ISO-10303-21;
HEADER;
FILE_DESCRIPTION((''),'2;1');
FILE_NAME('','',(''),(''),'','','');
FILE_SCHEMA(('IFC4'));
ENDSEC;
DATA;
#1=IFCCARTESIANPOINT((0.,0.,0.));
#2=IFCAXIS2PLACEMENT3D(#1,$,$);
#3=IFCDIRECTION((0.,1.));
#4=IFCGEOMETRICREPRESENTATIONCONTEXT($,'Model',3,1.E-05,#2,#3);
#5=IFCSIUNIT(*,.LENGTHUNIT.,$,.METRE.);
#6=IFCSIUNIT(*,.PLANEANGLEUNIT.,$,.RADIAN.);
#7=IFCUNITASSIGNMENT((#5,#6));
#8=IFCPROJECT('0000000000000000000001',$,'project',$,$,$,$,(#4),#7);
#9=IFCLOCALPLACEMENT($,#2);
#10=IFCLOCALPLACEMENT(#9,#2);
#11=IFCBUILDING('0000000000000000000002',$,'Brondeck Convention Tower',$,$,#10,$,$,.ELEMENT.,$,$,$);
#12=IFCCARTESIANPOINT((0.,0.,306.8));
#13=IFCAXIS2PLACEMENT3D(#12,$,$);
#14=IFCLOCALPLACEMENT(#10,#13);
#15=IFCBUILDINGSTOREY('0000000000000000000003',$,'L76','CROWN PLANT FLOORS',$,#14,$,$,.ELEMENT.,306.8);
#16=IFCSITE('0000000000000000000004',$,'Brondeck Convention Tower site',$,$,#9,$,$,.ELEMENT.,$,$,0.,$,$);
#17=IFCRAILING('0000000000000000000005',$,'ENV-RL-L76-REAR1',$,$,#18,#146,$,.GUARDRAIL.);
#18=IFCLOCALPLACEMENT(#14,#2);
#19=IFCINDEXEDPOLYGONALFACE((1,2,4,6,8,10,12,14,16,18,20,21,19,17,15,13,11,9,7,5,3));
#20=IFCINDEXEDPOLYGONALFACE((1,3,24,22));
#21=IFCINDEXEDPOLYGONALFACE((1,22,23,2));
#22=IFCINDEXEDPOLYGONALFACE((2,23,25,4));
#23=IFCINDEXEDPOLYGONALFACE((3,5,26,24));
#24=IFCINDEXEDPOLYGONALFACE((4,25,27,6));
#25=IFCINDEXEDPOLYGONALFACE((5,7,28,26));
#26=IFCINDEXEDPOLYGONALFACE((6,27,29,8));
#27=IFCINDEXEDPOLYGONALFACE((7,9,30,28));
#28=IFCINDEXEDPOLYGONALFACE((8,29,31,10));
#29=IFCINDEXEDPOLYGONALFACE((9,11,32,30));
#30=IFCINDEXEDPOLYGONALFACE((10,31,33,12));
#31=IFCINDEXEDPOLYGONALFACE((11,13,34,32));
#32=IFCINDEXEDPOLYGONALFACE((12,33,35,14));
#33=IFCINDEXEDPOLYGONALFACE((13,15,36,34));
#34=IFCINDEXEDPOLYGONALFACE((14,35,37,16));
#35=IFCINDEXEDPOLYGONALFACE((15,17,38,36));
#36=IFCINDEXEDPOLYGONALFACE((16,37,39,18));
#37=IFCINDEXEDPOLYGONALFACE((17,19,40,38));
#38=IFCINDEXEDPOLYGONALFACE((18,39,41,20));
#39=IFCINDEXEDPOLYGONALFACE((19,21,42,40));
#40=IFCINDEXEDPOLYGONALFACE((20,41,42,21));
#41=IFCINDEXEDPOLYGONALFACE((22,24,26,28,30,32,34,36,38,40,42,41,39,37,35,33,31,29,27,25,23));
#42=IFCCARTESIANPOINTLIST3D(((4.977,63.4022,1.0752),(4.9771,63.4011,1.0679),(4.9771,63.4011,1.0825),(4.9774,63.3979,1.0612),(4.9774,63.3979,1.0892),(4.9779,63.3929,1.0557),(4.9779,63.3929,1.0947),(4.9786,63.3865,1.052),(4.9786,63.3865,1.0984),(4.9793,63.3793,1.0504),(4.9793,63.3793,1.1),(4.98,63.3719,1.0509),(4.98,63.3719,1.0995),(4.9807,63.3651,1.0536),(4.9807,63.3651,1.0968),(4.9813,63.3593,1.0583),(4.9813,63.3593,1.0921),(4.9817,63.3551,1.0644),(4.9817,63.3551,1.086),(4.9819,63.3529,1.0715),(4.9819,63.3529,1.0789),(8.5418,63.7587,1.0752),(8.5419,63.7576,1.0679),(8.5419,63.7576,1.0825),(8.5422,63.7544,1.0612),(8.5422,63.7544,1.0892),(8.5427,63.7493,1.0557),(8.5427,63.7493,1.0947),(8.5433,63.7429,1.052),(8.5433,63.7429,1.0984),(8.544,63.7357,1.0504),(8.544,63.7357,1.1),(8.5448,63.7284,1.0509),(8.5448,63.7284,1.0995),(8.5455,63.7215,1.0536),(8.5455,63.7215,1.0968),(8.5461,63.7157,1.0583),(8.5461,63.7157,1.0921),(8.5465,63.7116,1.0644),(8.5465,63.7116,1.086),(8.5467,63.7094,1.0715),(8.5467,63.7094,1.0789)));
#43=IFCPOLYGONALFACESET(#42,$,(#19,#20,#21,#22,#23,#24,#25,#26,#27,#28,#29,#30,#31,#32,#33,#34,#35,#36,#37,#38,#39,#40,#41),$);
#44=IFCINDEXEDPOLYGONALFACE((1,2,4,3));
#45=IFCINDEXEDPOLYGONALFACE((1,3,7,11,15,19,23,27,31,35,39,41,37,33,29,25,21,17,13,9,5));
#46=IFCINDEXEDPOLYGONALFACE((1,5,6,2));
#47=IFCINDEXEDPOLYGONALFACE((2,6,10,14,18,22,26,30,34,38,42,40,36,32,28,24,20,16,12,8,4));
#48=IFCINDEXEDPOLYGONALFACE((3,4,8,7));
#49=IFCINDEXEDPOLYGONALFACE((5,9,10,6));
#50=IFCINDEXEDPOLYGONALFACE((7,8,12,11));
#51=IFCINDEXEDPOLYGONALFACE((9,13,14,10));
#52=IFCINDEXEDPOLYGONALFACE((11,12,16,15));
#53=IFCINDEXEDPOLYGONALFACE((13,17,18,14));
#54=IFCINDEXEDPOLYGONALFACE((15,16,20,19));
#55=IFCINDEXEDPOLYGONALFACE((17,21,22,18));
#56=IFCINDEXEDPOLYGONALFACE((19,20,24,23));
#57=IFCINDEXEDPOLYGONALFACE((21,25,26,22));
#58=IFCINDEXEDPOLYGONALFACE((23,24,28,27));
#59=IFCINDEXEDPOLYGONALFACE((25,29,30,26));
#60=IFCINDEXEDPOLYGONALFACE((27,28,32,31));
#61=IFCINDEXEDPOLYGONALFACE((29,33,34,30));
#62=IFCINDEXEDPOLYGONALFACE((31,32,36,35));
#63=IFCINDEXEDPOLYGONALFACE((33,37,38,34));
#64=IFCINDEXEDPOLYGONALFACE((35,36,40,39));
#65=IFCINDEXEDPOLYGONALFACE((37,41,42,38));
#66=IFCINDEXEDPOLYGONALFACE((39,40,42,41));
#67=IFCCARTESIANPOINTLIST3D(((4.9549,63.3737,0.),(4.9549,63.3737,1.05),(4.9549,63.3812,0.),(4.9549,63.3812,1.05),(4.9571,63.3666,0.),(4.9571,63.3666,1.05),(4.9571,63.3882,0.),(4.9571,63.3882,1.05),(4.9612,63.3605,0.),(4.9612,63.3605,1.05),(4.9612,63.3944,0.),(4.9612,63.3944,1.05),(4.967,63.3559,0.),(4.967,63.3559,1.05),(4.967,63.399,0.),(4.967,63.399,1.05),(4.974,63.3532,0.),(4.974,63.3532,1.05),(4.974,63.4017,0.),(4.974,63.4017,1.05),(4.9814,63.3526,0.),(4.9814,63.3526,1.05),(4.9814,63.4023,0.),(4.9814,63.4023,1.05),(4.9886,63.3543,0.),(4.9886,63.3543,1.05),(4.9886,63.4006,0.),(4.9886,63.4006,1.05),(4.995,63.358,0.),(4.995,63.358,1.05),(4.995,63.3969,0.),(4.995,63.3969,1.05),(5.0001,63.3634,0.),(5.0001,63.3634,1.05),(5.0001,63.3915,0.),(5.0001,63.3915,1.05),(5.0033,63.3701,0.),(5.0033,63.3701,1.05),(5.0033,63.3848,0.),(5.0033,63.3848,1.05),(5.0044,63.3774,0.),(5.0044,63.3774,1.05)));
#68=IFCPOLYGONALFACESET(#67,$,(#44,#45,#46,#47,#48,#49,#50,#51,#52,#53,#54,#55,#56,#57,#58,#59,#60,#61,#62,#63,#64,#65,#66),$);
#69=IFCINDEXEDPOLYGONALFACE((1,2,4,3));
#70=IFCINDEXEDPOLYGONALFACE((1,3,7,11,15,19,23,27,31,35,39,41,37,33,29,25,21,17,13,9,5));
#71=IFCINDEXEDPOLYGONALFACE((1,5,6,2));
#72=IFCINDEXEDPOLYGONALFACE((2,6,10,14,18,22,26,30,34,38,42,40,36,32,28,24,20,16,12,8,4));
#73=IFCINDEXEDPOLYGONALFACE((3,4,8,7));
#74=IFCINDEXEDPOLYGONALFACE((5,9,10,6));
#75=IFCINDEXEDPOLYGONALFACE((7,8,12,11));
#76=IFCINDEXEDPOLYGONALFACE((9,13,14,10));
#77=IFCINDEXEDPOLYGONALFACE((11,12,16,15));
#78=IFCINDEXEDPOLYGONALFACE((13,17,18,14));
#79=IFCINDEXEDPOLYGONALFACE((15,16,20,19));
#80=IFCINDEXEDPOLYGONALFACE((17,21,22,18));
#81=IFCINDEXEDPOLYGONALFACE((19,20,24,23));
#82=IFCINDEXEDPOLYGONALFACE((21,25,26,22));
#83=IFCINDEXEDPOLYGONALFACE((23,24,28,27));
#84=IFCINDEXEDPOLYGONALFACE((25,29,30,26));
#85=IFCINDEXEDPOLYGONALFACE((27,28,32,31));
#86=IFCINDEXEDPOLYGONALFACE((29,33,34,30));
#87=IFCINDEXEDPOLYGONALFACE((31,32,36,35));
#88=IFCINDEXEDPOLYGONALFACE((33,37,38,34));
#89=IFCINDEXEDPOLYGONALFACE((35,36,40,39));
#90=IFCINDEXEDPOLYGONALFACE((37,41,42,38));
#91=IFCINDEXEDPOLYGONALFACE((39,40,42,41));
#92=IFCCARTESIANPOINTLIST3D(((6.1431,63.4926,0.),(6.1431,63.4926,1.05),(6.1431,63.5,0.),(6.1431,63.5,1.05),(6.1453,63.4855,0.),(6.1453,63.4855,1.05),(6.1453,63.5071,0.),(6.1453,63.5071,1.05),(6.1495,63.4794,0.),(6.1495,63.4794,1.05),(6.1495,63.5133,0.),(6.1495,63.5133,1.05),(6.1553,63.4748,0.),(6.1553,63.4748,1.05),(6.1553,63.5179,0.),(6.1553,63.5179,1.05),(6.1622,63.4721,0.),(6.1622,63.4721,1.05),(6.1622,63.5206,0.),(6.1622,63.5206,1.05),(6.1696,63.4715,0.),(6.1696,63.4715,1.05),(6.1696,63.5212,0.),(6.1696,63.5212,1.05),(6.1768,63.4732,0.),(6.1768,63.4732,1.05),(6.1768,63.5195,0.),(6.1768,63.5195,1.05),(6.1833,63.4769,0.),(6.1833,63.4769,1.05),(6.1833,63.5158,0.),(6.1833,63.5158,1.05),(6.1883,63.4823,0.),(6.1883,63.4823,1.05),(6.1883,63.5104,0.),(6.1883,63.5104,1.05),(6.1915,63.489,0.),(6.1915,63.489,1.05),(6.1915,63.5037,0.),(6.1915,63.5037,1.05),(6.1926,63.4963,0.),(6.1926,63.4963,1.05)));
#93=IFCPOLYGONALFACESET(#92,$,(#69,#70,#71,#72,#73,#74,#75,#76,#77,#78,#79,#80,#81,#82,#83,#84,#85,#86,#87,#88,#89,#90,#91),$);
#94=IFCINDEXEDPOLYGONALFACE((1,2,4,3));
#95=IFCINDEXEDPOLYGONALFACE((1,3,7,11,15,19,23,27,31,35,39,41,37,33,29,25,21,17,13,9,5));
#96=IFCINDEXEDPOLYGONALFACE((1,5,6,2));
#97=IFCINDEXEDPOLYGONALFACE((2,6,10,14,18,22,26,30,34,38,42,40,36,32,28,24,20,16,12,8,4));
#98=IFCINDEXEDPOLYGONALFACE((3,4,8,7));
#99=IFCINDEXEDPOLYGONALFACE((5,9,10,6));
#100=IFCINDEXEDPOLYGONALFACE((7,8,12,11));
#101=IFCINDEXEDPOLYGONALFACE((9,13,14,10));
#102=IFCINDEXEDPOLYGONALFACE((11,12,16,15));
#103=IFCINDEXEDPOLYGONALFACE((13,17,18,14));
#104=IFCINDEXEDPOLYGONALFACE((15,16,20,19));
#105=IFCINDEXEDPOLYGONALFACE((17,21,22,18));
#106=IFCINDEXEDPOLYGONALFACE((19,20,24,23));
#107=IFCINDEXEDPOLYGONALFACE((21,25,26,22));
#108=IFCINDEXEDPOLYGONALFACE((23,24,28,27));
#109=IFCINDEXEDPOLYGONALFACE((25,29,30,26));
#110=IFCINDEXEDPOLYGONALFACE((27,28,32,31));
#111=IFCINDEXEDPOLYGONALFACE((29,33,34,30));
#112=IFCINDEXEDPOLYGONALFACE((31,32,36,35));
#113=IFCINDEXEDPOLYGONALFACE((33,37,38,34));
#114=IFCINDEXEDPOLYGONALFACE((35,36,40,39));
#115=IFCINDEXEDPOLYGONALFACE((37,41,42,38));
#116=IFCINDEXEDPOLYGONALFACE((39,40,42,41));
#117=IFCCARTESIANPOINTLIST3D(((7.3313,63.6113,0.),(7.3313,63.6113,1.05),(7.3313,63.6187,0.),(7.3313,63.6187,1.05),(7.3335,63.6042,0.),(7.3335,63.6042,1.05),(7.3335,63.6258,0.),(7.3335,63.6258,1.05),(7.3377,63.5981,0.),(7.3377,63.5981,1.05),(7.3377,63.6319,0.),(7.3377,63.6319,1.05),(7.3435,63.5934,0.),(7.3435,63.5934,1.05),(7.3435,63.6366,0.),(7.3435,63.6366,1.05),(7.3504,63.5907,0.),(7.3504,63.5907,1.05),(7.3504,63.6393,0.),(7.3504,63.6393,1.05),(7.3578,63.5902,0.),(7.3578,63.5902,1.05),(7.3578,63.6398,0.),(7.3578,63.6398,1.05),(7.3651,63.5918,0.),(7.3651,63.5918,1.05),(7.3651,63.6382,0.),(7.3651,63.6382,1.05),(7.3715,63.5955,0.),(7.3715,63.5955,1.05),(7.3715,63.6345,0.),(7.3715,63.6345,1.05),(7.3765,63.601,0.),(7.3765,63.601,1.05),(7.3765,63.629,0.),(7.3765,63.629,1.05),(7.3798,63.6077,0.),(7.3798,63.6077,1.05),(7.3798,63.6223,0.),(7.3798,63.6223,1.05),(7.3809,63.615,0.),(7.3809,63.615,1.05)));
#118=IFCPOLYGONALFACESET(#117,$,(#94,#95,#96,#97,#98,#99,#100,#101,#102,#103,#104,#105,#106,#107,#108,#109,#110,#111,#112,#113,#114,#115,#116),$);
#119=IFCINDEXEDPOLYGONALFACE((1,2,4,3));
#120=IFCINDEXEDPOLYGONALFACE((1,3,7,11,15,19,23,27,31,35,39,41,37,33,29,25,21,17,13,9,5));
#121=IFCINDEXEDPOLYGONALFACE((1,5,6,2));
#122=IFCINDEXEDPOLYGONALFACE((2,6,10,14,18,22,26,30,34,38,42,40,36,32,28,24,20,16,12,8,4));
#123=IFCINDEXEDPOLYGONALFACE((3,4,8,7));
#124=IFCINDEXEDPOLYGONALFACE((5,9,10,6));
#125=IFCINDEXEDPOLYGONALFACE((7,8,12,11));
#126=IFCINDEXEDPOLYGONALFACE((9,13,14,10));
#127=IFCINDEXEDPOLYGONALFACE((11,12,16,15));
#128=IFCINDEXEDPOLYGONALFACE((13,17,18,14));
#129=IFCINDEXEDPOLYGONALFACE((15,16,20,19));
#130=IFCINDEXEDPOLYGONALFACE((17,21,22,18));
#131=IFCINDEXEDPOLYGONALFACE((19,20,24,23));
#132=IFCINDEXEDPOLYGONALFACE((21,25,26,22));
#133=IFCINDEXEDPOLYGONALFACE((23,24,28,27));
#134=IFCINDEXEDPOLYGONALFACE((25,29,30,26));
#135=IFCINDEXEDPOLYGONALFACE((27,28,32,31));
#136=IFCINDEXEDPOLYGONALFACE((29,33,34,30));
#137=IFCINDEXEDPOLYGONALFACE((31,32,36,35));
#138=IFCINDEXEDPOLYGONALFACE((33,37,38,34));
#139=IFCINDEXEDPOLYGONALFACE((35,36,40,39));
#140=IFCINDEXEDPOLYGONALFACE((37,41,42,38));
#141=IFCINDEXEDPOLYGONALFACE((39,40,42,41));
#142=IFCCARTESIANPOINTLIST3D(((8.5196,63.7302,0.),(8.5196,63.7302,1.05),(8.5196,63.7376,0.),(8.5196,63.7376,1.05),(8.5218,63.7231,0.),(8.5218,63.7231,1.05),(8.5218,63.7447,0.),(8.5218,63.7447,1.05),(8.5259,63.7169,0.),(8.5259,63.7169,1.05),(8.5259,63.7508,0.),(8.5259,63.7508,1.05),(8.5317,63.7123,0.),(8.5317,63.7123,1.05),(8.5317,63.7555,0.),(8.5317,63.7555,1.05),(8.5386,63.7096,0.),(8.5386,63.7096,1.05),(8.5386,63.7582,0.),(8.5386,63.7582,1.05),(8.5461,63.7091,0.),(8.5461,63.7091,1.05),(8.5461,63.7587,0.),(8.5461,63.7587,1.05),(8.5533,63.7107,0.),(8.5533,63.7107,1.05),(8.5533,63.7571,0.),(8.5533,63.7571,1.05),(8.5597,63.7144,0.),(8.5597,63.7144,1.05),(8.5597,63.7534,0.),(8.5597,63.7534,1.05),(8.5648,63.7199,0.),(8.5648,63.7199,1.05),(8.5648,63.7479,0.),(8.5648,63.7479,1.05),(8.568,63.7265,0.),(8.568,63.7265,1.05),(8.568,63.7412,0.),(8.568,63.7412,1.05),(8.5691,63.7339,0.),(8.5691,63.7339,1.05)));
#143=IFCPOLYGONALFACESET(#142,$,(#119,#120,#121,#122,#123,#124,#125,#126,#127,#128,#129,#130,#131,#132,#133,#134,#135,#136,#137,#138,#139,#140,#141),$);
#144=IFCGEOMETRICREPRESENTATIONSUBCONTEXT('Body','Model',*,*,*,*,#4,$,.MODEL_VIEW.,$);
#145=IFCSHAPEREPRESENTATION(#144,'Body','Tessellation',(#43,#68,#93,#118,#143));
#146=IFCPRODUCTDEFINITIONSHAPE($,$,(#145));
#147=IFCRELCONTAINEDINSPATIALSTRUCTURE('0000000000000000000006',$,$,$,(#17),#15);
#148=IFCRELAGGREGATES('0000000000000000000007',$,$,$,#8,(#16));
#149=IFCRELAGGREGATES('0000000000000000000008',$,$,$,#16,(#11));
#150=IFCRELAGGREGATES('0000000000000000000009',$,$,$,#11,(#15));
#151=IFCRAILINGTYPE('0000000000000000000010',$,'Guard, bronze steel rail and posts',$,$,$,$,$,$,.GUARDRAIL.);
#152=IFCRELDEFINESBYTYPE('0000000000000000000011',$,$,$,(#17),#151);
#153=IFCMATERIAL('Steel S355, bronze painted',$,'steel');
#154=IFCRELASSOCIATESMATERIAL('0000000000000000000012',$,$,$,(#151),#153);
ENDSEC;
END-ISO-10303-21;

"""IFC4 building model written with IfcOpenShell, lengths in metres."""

from ifc_helpers import new_model, si_unit, direction, frame, origin, origin_2d, place, context, subcontext, project, spatial, circle, extrude, material, type_object, element, save


model = new_model("IFC4")

# Units and contexts
model_context = context("Model", 3, precision=1e-05, world=origin(), true_north=direction((0.0, 1.0)))
body_context = subcontext(model_context, "Body", "Model", "MODEL_VIEW")
ifc_project = project(units=[si_unit("LENGTHUNIT", "METRE"), si_unit("PLANEANGLEUNIT", "RADIAN")], contexts=[model_context])

# Site, building, storey
site_placement = place(None, origin())
site = spatial("IfcSite", under=ifc_project, at=site_placement, Name="Brondeck Convention Tower site", CompositionType="ELEMENT", RefElevation=0.0)
building_placement = place(site_placement, origin())
building = spatial("IfcBuilding", under=site, at=building_placement, Name="Brondeck Convention Tower", CompositionType="ELEMENT")
storey_placement = place(building_placement, frame((0.0, 0.0, 306.8)))
storey = spatial("IfcBuildingStorey", under=building, at=storey_placement, Name="L76", Description="CROWN PLANT FLOORS", CompositionType="ELEMENT", Elevation=306.8)

# Railing
ifc_material_1 = material(Name="Steel S355, bronze painted", Category="steel")
railing_type = type_object("IfcRailingType", Name="Guard, bronze steel rail and posts", PredefinedType="GUARDRAIL", material=ifc_material_1)
railing_placement = place(storey_placement, frame((4.9795, 63.3774, 0.0)))
element("IfcRailing", 1, at=railing_placement, inside=storey, type_object=railing_type, Name="ENV-RL-L76-REAR1", PredefinedType="GUARDRAIL", context=body_context, shape_type="SweptSolid", body=[
    extrude(circle(Radius=0.0249, at=origin_2d()), frame((0.0, 0.0, 1.0752), z_axis=(0.995038, 0.099497, 0.0), x_axis=(-0.099497, 0.995038, 0.0)), (0.0, 0.0, 1.0), 3.5825),
    extrude(circle(Radius=0.0249, at=origin_2d()), origin(), (0.0, 0.0, 1.0), 1.05),
    extrude(circle(Radius=0.0249, at=origin_2d()), frame((1.1882, 0.1189, 0.0)), (0.0, 0.0, 1.0), 1.05),
    extrude(circle(Radius=0.0249, at=origin_2d()), frame((2.3765, 0.2375, 0.0)), (0.0, 0.0, 1.0), 1.05),
    extrude(circle(Radius=0.0249, at=origin_2d()), frame((3.5647, 0.3564, 0.0)), (0.0, 0.0, 1.0), 1.05),
])

save(model, "model.ifc")
